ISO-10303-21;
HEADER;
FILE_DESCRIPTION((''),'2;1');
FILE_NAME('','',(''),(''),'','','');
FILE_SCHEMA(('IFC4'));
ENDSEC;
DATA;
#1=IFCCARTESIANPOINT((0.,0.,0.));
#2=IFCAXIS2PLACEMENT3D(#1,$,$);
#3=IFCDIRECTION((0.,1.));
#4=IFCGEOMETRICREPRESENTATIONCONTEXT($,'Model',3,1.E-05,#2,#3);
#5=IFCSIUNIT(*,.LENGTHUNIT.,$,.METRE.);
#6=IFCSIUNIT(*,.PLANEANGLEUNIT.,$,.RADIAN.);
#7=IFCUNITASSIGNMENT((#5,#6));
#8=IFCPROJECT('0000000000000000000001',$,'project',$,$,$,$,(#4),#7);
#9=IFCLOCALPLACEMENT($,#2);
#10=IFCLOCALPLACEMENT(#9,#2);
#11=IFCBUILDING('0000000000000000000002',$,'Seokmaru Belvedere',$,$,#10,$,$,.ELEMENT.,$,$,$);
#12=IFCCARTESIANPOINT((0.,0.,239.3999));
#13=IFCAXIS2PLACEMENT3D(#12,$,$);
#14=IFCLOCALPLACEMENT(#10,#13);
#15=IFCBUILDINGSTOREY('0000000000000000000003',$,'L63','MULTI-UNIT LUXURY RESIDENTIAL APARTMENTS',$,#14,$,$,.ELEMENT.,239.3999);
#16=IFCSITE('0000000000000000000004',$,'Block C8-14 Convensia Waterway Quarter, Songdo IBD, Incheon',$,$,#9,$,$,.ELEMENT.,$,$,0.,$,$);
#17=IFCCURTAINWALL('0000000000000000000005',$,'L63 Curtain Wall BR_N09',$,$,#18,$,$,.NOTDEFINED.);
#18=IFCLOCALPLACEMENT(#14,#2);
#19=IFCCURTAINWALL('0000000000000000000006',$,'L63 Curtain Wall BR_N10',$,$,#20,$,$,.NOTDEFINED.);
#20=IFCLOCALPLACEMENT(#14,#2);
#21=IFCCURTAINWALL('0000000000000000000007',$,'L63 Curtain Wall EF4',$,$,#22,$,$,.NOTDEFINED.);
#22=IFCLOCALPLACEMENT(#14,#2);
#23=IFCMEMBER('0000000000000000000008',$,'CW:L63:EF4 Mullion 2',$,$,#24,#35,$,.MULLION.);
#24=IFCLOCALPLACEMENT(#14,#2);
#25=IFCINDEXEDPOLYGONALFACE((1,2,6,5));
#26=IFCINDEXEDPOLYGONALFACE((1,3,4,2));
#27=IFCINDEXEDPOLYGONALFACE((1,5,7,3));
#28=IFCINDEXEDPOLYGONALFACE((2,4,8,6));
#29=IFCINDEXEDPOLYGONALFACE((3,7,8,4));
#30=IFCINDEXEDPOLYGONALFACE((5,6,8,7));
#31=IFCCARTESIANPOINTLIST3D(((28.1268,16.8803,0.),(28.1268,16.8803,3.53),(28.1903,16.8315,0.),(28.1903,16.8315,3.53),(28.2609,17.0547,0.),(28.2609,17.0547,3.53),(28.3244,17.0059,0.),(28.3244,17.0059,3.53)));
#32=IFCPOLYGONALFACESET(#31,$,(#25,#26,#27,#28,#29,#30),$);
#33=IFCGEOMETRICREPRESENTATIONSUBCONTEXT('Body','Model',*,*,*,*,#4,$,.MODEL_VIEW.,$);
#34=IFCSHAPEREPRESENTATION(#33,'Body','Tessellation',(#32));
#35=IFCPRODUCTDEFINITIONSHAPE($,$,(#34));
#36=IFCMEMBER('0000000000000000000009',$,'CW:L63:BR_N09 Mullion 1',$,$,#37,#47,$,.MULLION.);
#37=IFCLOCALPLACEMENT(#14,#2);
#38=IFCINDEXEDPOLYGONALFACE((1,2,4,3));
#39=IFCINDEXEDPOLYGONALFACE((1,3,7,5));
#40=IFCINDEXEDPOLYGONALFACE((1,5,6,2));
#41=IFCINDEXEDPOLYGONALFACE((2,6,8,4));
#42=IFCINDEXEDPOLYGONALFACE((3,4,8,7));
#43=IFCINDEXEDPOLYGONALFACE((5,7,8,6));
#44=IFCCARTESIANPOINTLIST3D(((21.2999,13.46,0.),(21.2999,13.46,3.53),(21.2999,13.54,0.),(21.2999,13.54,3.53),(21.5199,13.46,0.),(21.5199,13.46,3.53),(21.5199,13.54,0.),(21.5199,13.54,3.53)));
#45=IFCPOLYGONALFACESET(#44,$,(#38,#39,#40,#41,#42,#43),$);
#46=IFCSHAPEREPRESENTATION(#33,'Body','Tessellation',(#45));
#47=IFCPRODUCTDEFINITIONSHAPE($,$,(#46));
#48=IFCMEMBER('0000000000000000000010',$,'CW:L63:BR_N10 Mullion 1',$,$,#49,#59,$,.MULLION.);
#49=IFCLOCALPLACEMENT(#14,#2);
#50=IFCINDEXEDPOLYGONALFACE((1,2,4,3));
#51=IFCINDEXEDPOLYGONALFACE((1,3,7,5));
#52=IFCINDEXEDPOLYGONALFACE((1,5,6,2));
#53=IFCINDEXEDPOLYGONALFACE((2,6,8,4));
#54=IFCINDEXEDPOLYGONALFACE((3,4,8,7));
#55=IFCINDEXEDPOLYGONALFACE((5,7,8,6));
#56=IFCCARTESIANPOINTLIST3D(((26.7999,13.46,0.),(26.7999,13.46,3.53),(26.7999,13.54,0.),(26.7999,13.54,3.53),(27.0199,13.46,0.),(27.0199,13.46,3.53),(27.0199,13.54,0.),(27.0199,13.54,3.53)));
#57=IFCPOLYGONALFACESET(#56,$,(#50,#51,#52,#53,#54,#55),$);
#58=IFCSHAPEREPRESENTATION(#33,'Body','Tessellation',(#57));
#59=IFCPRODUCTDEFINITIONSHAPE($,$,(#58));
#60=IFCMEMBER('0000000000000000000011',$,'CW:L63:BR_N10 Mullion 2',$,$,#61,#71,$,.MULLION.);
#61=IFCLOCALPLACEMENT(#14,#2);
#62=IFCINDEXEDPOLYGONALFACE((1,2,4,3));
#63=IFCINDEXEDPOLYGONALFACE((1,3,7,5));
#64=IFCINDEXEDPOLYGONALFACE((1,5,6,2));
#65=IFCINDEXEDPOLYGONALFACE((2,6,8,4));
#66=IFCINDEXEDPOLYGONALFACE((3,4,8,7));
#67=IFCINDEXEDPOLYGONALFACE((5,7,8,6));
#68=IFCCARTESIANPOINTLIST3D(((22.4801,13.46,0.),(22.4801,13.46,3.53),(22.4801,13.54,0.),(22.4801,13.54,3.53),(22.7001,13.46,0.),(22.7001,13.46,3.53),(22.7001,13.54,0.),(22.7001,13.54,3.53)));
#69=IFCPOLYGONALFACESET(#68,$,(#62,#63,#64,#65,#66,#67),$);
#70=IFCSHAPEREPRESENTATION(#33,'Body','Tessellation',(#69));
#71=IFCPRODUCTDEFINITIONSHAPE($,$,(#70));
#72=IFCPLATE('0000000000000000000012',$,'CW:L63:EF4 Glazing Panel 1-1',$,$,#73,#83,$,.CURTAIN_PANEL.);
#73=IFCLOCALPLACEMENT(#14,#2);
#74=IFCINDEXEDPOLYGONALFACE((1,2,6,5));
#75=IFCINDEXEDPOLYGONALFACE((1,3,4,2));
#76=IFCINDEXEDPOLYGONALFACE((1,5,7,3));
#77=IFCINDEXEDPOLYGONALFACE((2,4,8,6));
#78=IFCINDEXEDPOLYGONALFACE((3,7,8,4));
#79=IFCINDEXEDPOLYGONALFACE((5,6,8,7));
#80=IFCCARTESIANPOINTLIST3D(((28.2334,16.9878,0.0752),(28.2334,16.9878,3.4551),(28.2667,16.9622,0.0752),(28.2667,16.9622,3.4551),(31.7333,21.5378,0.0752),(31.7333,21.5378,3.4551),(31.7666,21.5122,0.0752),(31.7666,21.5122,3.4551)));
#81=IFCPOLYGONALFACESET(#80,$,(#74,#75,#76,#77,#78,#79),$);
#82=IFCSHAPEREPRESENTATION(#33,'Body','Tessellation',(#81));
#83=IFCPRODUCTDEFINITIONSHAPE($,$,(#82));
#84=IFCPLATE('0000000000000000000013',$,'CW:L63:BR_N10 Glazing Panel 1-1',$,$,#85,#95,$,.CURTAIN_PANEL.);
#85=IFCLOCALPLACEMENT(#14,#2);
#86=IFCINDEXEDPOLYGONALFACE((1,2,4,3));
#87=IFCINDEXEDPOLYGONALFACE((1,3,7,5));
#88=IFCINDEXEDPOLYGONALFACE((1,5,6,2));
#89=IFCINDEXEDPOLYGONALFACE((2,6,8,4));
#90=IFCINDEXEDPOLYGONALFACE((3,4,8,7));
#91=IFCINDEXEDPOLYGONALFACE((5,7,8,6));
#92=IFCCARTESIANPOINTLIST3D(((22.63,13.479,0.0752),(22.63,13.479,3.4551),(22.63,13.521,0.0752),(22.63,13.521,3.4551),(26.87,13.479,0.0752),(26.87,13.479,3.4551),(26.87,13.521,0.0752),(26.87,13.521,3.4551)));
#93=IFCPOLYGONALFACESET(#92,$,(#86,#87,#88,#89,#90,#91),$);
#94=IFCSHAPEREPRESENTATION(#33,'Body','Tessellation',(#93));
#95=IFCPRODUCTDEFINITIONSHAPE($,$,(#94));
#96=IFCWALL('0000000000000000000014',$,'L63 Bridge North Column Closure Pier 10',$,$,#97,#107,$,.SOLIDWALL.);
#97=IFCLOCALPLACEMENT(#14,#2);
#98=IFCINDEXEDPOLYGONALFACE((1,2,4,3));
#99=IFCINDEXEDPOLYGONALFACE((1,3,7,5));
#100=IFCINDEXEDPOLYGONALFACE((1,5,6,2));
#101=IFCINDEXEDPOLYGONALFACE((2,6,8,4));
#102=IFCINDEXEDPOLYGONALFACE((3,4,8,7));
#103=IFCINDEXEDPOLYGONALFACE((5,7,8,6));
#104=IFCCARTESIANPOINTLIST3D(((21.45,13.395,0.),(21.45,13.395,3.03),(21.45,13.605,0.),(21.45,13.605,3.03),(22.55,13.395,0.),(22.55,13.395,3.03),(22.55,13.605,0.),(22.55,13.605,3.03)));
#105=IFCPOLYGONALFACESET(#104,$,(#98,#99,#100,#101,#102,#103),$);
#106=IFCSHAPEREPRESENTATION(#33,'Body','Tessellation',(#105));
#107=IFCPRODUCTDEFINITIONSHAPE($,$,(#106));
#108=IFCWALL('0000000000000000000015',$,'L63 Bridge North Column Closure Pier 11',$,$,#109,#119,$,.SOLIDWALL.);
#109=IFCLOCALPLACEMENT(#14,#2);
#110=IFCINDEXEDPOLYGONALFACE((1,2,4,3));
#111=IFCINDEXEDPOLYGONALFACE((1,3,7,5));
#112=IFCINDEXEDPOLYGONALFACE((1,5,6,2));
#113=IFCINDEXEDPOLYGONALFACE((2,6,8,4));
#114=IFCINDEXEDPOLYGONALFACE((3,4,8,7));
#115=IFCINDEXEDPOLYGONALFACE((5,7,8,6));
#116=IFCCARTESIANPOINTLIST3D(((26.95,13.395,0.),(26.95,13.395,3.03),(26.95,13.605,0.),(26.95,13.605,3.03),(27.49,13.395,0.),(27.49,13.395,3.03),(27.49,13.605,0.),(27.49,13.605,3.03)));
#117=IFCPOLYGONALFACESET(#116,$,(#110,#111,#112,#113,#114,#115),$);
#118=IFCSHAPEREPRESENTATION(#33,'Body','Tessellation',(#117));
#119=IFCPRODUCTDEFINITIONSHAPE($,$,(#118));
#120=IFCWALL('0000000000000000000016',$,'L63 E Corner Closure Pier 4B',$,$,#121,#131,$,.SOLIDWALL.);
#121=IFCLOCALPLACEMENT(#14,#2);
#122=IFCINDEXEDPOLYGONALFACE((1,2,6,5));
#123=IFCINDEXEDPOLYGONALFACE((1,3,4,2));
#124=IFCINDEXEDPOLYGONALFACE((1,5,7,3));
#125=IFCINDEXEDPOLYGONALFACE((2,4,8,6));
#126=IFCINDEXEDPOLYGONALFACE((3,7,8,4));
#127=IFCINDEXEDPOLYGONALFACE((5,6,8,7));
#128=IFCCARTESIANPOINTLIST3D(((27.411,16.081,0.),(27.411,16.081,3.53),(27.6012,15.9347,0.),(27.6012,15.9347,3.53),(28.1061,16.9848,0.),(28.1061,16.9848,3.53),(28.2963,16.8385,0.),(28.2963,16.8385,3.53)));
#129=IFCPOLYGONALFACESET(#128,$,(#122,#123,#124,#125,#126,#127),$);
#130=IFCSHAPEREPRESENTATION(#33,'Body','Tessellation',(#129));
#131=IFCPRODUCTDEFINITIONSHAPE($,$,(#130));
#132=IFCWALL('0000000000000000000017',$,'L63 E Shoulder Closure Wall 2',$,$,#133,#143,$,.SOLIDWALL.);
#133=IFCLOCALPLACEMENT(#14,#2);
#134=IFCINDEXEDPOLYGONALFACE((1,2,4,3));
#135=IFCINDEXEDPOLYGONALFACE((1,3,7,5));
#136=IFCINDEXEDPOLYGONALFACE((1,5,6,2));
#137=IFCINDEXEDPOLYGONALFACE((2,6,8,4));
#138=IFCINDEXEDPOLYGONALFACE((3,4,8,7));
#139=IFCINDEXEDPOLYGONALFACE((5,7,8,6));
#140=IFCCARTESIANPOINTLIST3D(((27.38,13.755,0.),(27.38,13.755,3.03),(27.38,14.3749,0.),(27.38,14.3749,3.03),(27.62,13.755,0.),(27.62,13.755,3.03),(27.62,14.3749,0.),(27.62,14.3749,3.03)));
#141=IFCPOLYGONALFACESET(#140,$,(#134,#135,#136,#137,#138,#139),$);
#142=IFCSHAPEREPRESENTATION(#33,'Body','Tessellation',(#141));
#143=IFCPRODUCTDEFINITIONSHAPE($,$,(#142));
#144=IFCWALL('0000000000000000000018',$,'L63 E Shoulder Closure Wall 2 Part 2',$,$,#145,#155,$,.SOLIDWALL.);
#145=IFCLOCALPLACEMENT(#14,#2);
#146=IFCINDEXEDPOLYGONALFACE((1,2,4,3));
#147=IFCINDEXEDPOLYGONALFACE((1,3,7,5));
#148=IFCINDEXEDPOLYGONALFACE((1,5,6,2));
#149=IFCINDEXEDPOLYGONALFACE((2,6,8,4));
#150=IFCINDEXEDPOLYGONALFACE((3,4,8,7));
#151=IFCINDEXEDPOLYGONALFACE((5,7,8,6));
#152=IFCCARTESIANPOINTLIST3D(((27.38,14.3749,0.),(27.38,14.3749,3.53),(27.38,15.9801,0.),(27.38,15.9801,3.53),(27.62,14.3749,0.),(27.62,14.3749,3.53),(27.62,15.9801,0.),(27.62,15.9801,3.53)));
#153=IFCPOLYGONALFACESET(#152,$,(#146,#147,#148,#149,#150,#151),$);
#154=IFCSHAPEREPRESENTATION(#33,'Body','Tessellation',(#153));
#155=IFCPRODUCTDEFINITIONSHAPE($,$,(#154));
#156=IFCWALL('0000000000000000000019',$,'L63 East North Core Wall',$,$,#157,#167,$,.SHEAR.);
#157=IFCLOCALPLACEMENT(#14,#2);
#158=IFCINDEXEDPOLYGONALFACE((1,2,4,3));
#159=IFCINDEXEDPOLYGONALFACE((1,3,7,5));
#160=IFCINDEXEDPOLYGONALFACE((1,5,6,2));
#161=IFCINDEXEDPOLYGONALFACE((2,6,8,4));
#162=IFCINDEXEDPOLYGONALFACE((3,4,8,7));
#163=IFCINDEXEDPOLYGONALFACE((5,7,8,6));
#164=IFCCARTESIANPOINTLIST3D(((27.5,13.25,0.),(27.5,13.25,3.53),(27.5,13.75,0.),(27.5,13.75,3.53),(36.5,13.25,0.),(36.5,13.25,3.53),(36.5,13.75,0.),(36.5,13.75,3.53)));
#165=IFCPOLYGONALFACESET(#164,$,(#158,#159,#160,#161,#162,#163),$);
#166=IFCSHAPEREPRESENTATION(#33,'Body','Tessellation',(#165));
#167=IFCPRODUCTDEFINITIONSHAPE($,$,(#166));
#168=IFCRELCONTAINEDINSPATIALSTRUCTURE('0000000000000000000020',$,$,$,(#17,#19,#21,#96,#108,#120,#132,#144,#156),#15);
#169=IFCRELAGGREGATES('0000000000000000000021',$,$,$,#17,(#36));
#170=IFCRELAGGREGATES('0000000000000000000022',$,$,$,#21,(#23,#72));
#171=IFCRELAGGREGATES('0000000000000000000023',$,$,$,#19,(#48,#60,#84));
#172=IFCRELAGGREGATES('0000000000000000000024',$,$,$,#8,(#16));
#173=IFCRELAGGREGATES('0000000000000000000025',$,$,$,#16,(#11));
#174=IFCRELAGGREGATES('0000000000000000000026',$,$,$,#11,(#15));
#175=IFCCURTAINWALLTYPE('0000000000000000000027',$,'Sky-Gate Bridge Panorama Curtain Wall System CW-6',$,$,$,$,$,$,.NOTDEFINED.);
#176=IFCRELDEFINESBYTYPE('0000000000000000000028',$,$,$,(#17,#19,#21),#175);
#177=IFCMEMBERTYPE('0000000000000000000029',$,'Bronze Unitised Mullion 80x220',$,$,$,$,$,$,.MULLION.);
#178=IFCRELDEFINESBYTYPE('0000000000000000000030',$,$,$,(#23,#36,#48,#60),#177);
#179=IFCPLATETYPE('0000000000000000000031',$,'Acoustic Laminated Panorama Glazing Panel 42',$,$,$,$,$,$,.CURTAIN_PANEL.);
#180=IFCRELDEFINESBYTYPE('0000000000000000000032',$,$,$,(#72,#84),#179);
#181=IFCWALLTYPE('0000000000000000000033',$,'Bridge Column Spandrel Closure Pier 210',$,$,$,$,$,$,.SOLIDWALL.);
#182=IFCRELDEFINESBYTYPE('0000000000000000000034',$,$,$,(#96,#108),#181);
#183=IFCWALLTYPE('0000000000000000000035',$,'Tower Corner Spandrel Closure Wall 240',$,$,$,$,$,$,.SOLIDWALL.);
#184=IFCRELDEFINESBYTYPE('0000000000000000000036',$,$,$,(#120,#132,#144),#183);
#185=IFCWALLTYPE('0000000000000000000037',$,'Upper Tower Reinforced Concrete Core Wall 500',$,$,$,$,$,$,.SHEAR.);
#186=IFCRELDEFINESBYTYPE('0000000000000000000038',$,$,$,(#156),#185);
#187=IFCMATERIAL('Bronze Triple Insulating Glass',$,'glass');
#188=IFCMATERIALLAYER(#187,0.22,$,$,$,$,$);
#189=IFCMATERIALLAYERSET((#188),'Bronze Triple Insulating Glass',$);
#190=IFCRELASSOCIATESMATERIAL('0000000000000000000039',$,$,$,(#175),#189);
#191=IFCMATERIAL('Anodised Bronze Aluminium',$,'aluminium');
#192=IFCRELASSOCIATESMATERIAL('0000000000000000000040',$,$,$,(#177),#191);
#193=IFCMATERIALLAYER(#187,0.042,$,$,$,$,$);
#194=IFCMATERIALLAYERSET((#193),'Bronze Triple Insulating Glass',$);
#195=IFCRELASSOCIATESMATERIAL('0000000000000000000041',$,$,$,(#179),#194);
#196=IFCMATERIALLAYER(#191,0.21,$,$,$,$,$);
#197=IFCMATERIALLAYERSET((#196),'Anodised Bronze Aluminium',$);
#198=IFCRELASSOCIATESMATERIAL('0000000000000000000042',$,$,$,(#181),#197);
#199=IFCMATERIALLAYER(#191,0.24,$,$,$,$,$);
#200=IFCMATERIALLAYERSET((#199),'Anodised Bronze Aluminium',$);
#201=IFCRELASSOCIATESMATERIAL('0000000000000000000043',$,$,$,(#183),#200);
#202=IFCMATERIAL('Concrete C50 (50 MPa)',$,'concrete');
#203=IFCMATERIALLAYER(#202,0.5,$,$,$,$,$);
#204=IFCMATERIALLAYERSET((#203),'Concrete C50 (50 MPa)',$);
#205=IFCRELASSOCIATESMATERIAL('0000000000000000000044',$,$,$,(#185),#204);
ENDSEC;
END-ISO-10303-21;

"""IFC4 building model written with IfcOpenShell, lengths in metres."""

from ifc_helpers import new_model, si_unit, direction, frame, frame_2d, origin, origin_2d, place, context, subcontext, project, spatial, rectangle, extrude, source, transform, mapped, material, layer, layer_set, material_profile, profile_set, type_object, type_shapes, element, aggregate, save


model = new_model("IFC4")

# Units and contexts
model_context = context("Model", 3, precision=1e-05, world=origin(), true_north=direction((0.0, 1.0)))
body_context = subcontext(model_context, "Body", "Model", "MODEL_VIEW")
ifc_project = project(units=[si_unit("LENGTHUNIT", "METRE"), si_unit("PLANEANGLEUNIT", "RADIAN")], contexts=[model_context])

# Site, building, storey
site_placement = place(None, origin())
site = spatial("IfcSite", under=ifc_project, at=site_placement, Name="Block C8-14 Convensia Waterway Quarter, Songdo IBD, Incheon", CompositionType="ELEMENT", RefElevation=0.0)
building_placement = place(site_placement, origin())
building = spatial("IfcBuilding", under=site, at=building_placement, Name="Seokmaru Belvedere", CompositionType="ELEMENT")
storey_placement = place(building_placement, frame((0.0, 0.0, 239.3999)))
storey = spatial("IfcBuildingStorey", under=building, at=storey_placement, Name="L63", Description="MULTI-UNIT LUXURY RESIDENTIAL APARTMENTS", CompositionType="ELEMENT", Elevation=239.3999)

# Curtain wall
ifc_material_1 = material(Name="Bronze Triple Insulating Glass", Category="glass")
ifc_layer_1 = layer(ifc_material_1, 0.22)
ifc_layer_set_1 = layer_set([ifc_layer_1], Name="Bronze Triple Insulating Glass")
curtain_wall_type = type_object("IfcCurtainWallType", Name="Sky-Gate Bridge Panorama Curtain Wall System CW-6", PredefinedType="NOTDEFINED", material=ifc_layer_set_1)
curtain_wall_1_placement = place(storey_placement, origin())
curtain_wall_1 = element("IfcCurtainWall", 1, at=curtain_wall_1_placement, inside=storey, type_object=curtain_wall_type, Name="L63 Curtain Wall BR_N09", PredefinedType="NOTDEFINED")
ifc_material_2 = material(Name="Anodised Bronze Aluminium", Category="aluminium")

# Curtain wall
curtain_wall_2_placement = place(storey_placement, origin())
curtain_wall_2 = element("IfcCurtainWall", 2, at=curtain_wall_2_placement, inside=storey, type_object=curtain_wall_type, Name="L63 Curtain Wall BR_N10", PredefinedType="NOTDEFINED")

# Curtain wall, member
curtain_wall_3_placement = place(storey_placement, origin())
curtain_wall_3 = element("IfcCurtainWall", 3, at=curtain_wall_3_placement, inside=storey, type_object=curtain_wall_type, Name="L63 Curtain Wall EF4", PredefinedType="NOTDEFINED")
ifc_material_profile_1 = material_profile(ifc_material_2, rectangle(XDim=0.0801, YDim=0.22, at=origin_2d()), Name="CW-M-80x220")
ifc_profile_set_1 = profile_set([ifc_material_profile_1], Name="Anodised Bronze Aluminium")
member_type_1 = type_object("IfcMemberType", Name="Bronze Unitised Mullion 80x220", PredefinedType="MULLION", material=ifc_profile_set_1)
shared_shape_1 = source(origin(), body_context, "Body", "SweptSolid", [
    extrude(rectangle(XDim=0.0801, YDim=0.22, at=origin_2d()), origin(), (0.0, 0.0, 1.0), 3.53),
])
type_shapes(member_type_1, [shared_shape_1])
member_1_placement = place(storey_placement, frame((28.2256, 16.9431, 0.0), z_axis=(0.0, 0.0, 1.0), x_axis=(0.792631, -0.609701, 0.0)))
member_1 = element("IfcMember", 4, at=member_1_placement, type_object=member_type_1, Name="CW:L63:EF4 Mullion 2", PredefinedType="MULLION", context=body_context, shape_type="MappedRepresentation", body=[
    mapped(shared_shape_1, transform((0.0, 0.0, 0.0), scale=1.0)),
])

# Members
member_2_placement = place(storey_placement, frame((21.4099, 13.5, 0.0), z_axis=(0.0, 0.0, 1.0), x_axis=(0.0, -1.0, 0.0)))
member_2 = element("IfcMember", 5, at=member_2_placement, type_object=member_type_1, Name="CW:L63:BR_N09 Mullion 1", PredefinedType="MULLION", context=body_context, shape_type="MappedRepresentation", body=[
    mapped(shared_shape_1, transform((0.0, 0.0, 0.0), scale=1.0)),
])
aggregate(curtain_wall_1, [member_2])
member_3_placement = place(storey_placement, frame((26.9099, 13.5, 0.0), z_axis=(0.0, 0.0, 1.0), x_axis=(0.0, -1.0, 0.0)))
member_3 = element("IfcMember", 6, at=member_3_placement, type_object=member_type_1, Name="CW:L63:BR_N10 Mullion 1", PredefinedType="MULLION", context=body_context, shape_type="MappedRepresentation", body=[
    mapped(shared_shape_1, transform((0.0, 0.0, 0.0), scale=1.0)),
])
member_4_placement = place(storey_placement, frame((22.5901, 13.5, 0.0), z_axis=(0.0, 0.0, 1.0), x_axis=(0.0, -1.0, 0.0)))
member_4 = element("IfcMember", 7, at=member_4_placement, type_object=member_type_1, Name="CW:L63:BR_N10 Mullion 2", PredefinedType="MULLION", context=body_context, shape_type="MappedRepresentation", body=[
    mapped(shared_shape_1, transform((0.0, 0.0, 0.0), scale=1.0)),
])

# Plates
ifc_layer_2 = layer(ifc_material_1, 0.042)
ifc_layer_set_2 = layer_set([ifc_layer_2], Name="Bronze Triple Insulating Glass")
plate_type = type_object("IfcPlateType", Name="Acoustic Laminated Panorama Glazing Panel 42", PredefinedType="CURTAIN_PANEL", material=ifc_layer_set_2)
shared_shape_2 = source(origin(), body_context, "Body", "SweptSolid", [
    extrude(rectangle(XDim=5.7405, YDim=0.042, at=origin_2d()), origin(), (0.0, 0.0, 1.0), 3.3799),
])
plate_1_placement = place(storey_placement, frame((30.0, 19.25, 0.0752), z_axis=(0.0, 0.0, 1.0), x_axis=(-0.609701, -0.792631, 0.0)))
plate_1 = element("IfcPlate", 8, at=plate_1_placement, type_object=plate_type, Name="CW:L63:EF4 Glazing Panel 1-1", PredefinedType="CURTAIN_PANEL", context=body_context, shape_type="MappedRepresentation", body=[
    mapped(shared_shape_2, transform((0.0, 0.0, 0.0), scale=1.0)),
])
aggregate(curtain_wall_3, [member_1, plate_1])
shared_shape_3 = source(origin(), body_context, "Body", "SweptSolid", [
    extrude(rectangle(XDim=4.24, YDim=0.042, at=origin_2d()), origin(), (0.0, 0.0, 1.0), 3.3799),
])
type_shapes(plate_type, [shared_shape_2, shared_shape_3])
plate_2_placement = place(storey_placement, frame((24.75, 13.5, 0.0752), z_axis=(0.0, 0.0, 1.0), x_axis=(-1.0, 0.0, 0.0)))
plate_2 = element("IfcPlate", 9, at=plate_2_placement, type_object=plate_type, Name="CW:L63:BR_N10 Glazing Panel 1-1", PredefinedType="CURTAIN_PANEL", context=body_context, shape_type="MappedRepresentation", body=[
    mapped(shared_shape_3, transform((0.0, 0.0, 0.0), scale=1.0)),
])
aggregate(curtain_wall_2, [member_3, member_4, plate_2])

# Walls
ifc_layer_3 = layer(ifc_material_2, 0.21)
ifc_layer_set_3 = layer_set([ifc_layer_3], Name="Anodised Bronze Aluminium")
wall_type_1 = type_object("IfcWallType", Name="Bridge Column Spandrel Closure Pier 210", PredefinedType="SOLIDWALL", material=ifc_layer_set_3)
wall_1_placement = place(storey_placement, frame((21.45, 13.5, 0.0), z_axis=(0.0, 0.0, 1.0), x_axis=(1.0, 0.0, 0.0)))
element("IfcWall", 10, at=wall_1_placement, inside=storey, type_object=wall_type_1, Name="L63 Bridge North Column Closure Pier 10", PredefinedType="SOLIDWALL", context=body_context, shape_type="SweptSolid", body=[
    extrude(rectangle(XDim=1.1001, YDim=0.21, at=frame_2d((0.55, 0.0))), origin(), (0.0, 0.0, 1.0), 3.03),
])
wall_2_placement = place(storey_placement, frame((26.95, 13.5, 0.0), z_axis=(0.0, 0.0, 1.0), x_axis=(1.0, 0.0, 0.0)))
element("IfcWall", 11, at=wall_2_placement, inside=storey, type_object=wall_type_1, Name="L63 Bridge North Column Closure Pier 11", PredefinedType="SOLIDWALL", context=body_context, shape_type="SweptSolid", body=[
    extrude(rectangle(XDim=0.54, YDim=0.21, at=frame_2d((0.27, 0.0))), origin(), (0.0, 0.0, 1.0), 3.03),
])
ifc_layer_4 = layer(ifc_material_2, 0.24)
ifc_layer_set_4 = layer_set([ifc_layer_4], Name="Anodised Bronze Aluminium")
wall_type_2 = type_object("IfcWallType", Name="Tower Corner Spandrel Closure Wall 240", PredefinedType="SOLIDWALL", material=ifc_layer_set_4)
wall_3_placement = place(storey_placement, frame((28.2012, 16.9116, 0.0), z_axis=(0.0, 0.0, 1.0), x_axis=(-0.609618, -0.792696, 0.0)))
element("IfcWall", 12, at=wall_3_placement, inside=storey, type_object=wall_type_2, Name="L63 E Corner Closure Pier 4B", PredefinedType="SOLIDWALL", context=body_context, shape_type="SweptSolid", body=[
    extrude(rectangle(XDim=1.1401, YDim=0.24, at=frame_2d((0.5701, 0.0))), origin(), (0.0, 0.0, 1.0), 3.53),
])
wall_4_placement = place(storey_placement, frame((27.5, 13.7549, 0.0), z_axis=(0.0, 0.0, 1.0), x_axis=(0.0, 1.0, 0.0)))
element("IfcWall", 13, at=wall_4_placement, inside=storey, type_object=wall_type_2, Name="L63 E Shoulder Closure Wall 2", PredefinedType="SOLIDWALL", context=body_context, shape_type="SweptSolid", body=[
    extrude(rectangle(XDim=0.6199, YDim=0.24, at=frame_2d((0.3101, 0.0))), origin(), (0.0, 0.0, 1.0), 3.03),
])
wall_5_placement = place(storey_placement, frame((27.5, 14.3748, 0.0), z_axis=(0.0, 0.0, 1.0), x_axis=(0.0, 1.0, 0.0)))
element("IfcWall", 14, at=wall_5_placement, inside=storey, type_object=wall_type_2, Name="L63 E Shoulder Closure Wall 2 Part 2", PredefinedType="SOLIDWALL", context=body_context, shape_type="SweptSolid", body=[
    extrude(rectangle(XDim=1.6052, YDim=0.24, at=frame_2d((0.8027, 0.0))), origin(), (0.0, 0.0, 1.0), 3.53),
])
ifc_material_3 = material(Name="Concrete C50 (50 MPa)", Category="concrete")
ifc_layer_5 = layer(ifc_material_3, 0.5)
ifc_layer_set_5 = layer_set([ifc_layer_5], Name="Concrete C50 (50 MPa)")
wall_type_3 = type_object("IfcWallType", Name="Upper Tower Reinforced Concrete Core Wall 500", PredefinedType="SHEAR", material=ifc_layer_set_5)
wall_6_placement = place(storey_placement, frame((27.5, 13.5, 0.0), z_axis=(0.0, 0.0, 1.0), x_axis=(1.0, 0.0, 0.0)))
element("IfcWall", 15, at=wall_6_placement, inside=storey, type_object=wall_type_3, Name="L63 East North Core Wall", PredefinedType="SHEAR", context=body_context, shape_type="SweptSolid", body=[
    extrude(rectangle(XDim=9.0, YDim=0.5, at=frame_2d((4.5, 0.0))), origin(), (0.0, 0.0, 1.0), 3.53),
])

save(model, "model.ifc")
